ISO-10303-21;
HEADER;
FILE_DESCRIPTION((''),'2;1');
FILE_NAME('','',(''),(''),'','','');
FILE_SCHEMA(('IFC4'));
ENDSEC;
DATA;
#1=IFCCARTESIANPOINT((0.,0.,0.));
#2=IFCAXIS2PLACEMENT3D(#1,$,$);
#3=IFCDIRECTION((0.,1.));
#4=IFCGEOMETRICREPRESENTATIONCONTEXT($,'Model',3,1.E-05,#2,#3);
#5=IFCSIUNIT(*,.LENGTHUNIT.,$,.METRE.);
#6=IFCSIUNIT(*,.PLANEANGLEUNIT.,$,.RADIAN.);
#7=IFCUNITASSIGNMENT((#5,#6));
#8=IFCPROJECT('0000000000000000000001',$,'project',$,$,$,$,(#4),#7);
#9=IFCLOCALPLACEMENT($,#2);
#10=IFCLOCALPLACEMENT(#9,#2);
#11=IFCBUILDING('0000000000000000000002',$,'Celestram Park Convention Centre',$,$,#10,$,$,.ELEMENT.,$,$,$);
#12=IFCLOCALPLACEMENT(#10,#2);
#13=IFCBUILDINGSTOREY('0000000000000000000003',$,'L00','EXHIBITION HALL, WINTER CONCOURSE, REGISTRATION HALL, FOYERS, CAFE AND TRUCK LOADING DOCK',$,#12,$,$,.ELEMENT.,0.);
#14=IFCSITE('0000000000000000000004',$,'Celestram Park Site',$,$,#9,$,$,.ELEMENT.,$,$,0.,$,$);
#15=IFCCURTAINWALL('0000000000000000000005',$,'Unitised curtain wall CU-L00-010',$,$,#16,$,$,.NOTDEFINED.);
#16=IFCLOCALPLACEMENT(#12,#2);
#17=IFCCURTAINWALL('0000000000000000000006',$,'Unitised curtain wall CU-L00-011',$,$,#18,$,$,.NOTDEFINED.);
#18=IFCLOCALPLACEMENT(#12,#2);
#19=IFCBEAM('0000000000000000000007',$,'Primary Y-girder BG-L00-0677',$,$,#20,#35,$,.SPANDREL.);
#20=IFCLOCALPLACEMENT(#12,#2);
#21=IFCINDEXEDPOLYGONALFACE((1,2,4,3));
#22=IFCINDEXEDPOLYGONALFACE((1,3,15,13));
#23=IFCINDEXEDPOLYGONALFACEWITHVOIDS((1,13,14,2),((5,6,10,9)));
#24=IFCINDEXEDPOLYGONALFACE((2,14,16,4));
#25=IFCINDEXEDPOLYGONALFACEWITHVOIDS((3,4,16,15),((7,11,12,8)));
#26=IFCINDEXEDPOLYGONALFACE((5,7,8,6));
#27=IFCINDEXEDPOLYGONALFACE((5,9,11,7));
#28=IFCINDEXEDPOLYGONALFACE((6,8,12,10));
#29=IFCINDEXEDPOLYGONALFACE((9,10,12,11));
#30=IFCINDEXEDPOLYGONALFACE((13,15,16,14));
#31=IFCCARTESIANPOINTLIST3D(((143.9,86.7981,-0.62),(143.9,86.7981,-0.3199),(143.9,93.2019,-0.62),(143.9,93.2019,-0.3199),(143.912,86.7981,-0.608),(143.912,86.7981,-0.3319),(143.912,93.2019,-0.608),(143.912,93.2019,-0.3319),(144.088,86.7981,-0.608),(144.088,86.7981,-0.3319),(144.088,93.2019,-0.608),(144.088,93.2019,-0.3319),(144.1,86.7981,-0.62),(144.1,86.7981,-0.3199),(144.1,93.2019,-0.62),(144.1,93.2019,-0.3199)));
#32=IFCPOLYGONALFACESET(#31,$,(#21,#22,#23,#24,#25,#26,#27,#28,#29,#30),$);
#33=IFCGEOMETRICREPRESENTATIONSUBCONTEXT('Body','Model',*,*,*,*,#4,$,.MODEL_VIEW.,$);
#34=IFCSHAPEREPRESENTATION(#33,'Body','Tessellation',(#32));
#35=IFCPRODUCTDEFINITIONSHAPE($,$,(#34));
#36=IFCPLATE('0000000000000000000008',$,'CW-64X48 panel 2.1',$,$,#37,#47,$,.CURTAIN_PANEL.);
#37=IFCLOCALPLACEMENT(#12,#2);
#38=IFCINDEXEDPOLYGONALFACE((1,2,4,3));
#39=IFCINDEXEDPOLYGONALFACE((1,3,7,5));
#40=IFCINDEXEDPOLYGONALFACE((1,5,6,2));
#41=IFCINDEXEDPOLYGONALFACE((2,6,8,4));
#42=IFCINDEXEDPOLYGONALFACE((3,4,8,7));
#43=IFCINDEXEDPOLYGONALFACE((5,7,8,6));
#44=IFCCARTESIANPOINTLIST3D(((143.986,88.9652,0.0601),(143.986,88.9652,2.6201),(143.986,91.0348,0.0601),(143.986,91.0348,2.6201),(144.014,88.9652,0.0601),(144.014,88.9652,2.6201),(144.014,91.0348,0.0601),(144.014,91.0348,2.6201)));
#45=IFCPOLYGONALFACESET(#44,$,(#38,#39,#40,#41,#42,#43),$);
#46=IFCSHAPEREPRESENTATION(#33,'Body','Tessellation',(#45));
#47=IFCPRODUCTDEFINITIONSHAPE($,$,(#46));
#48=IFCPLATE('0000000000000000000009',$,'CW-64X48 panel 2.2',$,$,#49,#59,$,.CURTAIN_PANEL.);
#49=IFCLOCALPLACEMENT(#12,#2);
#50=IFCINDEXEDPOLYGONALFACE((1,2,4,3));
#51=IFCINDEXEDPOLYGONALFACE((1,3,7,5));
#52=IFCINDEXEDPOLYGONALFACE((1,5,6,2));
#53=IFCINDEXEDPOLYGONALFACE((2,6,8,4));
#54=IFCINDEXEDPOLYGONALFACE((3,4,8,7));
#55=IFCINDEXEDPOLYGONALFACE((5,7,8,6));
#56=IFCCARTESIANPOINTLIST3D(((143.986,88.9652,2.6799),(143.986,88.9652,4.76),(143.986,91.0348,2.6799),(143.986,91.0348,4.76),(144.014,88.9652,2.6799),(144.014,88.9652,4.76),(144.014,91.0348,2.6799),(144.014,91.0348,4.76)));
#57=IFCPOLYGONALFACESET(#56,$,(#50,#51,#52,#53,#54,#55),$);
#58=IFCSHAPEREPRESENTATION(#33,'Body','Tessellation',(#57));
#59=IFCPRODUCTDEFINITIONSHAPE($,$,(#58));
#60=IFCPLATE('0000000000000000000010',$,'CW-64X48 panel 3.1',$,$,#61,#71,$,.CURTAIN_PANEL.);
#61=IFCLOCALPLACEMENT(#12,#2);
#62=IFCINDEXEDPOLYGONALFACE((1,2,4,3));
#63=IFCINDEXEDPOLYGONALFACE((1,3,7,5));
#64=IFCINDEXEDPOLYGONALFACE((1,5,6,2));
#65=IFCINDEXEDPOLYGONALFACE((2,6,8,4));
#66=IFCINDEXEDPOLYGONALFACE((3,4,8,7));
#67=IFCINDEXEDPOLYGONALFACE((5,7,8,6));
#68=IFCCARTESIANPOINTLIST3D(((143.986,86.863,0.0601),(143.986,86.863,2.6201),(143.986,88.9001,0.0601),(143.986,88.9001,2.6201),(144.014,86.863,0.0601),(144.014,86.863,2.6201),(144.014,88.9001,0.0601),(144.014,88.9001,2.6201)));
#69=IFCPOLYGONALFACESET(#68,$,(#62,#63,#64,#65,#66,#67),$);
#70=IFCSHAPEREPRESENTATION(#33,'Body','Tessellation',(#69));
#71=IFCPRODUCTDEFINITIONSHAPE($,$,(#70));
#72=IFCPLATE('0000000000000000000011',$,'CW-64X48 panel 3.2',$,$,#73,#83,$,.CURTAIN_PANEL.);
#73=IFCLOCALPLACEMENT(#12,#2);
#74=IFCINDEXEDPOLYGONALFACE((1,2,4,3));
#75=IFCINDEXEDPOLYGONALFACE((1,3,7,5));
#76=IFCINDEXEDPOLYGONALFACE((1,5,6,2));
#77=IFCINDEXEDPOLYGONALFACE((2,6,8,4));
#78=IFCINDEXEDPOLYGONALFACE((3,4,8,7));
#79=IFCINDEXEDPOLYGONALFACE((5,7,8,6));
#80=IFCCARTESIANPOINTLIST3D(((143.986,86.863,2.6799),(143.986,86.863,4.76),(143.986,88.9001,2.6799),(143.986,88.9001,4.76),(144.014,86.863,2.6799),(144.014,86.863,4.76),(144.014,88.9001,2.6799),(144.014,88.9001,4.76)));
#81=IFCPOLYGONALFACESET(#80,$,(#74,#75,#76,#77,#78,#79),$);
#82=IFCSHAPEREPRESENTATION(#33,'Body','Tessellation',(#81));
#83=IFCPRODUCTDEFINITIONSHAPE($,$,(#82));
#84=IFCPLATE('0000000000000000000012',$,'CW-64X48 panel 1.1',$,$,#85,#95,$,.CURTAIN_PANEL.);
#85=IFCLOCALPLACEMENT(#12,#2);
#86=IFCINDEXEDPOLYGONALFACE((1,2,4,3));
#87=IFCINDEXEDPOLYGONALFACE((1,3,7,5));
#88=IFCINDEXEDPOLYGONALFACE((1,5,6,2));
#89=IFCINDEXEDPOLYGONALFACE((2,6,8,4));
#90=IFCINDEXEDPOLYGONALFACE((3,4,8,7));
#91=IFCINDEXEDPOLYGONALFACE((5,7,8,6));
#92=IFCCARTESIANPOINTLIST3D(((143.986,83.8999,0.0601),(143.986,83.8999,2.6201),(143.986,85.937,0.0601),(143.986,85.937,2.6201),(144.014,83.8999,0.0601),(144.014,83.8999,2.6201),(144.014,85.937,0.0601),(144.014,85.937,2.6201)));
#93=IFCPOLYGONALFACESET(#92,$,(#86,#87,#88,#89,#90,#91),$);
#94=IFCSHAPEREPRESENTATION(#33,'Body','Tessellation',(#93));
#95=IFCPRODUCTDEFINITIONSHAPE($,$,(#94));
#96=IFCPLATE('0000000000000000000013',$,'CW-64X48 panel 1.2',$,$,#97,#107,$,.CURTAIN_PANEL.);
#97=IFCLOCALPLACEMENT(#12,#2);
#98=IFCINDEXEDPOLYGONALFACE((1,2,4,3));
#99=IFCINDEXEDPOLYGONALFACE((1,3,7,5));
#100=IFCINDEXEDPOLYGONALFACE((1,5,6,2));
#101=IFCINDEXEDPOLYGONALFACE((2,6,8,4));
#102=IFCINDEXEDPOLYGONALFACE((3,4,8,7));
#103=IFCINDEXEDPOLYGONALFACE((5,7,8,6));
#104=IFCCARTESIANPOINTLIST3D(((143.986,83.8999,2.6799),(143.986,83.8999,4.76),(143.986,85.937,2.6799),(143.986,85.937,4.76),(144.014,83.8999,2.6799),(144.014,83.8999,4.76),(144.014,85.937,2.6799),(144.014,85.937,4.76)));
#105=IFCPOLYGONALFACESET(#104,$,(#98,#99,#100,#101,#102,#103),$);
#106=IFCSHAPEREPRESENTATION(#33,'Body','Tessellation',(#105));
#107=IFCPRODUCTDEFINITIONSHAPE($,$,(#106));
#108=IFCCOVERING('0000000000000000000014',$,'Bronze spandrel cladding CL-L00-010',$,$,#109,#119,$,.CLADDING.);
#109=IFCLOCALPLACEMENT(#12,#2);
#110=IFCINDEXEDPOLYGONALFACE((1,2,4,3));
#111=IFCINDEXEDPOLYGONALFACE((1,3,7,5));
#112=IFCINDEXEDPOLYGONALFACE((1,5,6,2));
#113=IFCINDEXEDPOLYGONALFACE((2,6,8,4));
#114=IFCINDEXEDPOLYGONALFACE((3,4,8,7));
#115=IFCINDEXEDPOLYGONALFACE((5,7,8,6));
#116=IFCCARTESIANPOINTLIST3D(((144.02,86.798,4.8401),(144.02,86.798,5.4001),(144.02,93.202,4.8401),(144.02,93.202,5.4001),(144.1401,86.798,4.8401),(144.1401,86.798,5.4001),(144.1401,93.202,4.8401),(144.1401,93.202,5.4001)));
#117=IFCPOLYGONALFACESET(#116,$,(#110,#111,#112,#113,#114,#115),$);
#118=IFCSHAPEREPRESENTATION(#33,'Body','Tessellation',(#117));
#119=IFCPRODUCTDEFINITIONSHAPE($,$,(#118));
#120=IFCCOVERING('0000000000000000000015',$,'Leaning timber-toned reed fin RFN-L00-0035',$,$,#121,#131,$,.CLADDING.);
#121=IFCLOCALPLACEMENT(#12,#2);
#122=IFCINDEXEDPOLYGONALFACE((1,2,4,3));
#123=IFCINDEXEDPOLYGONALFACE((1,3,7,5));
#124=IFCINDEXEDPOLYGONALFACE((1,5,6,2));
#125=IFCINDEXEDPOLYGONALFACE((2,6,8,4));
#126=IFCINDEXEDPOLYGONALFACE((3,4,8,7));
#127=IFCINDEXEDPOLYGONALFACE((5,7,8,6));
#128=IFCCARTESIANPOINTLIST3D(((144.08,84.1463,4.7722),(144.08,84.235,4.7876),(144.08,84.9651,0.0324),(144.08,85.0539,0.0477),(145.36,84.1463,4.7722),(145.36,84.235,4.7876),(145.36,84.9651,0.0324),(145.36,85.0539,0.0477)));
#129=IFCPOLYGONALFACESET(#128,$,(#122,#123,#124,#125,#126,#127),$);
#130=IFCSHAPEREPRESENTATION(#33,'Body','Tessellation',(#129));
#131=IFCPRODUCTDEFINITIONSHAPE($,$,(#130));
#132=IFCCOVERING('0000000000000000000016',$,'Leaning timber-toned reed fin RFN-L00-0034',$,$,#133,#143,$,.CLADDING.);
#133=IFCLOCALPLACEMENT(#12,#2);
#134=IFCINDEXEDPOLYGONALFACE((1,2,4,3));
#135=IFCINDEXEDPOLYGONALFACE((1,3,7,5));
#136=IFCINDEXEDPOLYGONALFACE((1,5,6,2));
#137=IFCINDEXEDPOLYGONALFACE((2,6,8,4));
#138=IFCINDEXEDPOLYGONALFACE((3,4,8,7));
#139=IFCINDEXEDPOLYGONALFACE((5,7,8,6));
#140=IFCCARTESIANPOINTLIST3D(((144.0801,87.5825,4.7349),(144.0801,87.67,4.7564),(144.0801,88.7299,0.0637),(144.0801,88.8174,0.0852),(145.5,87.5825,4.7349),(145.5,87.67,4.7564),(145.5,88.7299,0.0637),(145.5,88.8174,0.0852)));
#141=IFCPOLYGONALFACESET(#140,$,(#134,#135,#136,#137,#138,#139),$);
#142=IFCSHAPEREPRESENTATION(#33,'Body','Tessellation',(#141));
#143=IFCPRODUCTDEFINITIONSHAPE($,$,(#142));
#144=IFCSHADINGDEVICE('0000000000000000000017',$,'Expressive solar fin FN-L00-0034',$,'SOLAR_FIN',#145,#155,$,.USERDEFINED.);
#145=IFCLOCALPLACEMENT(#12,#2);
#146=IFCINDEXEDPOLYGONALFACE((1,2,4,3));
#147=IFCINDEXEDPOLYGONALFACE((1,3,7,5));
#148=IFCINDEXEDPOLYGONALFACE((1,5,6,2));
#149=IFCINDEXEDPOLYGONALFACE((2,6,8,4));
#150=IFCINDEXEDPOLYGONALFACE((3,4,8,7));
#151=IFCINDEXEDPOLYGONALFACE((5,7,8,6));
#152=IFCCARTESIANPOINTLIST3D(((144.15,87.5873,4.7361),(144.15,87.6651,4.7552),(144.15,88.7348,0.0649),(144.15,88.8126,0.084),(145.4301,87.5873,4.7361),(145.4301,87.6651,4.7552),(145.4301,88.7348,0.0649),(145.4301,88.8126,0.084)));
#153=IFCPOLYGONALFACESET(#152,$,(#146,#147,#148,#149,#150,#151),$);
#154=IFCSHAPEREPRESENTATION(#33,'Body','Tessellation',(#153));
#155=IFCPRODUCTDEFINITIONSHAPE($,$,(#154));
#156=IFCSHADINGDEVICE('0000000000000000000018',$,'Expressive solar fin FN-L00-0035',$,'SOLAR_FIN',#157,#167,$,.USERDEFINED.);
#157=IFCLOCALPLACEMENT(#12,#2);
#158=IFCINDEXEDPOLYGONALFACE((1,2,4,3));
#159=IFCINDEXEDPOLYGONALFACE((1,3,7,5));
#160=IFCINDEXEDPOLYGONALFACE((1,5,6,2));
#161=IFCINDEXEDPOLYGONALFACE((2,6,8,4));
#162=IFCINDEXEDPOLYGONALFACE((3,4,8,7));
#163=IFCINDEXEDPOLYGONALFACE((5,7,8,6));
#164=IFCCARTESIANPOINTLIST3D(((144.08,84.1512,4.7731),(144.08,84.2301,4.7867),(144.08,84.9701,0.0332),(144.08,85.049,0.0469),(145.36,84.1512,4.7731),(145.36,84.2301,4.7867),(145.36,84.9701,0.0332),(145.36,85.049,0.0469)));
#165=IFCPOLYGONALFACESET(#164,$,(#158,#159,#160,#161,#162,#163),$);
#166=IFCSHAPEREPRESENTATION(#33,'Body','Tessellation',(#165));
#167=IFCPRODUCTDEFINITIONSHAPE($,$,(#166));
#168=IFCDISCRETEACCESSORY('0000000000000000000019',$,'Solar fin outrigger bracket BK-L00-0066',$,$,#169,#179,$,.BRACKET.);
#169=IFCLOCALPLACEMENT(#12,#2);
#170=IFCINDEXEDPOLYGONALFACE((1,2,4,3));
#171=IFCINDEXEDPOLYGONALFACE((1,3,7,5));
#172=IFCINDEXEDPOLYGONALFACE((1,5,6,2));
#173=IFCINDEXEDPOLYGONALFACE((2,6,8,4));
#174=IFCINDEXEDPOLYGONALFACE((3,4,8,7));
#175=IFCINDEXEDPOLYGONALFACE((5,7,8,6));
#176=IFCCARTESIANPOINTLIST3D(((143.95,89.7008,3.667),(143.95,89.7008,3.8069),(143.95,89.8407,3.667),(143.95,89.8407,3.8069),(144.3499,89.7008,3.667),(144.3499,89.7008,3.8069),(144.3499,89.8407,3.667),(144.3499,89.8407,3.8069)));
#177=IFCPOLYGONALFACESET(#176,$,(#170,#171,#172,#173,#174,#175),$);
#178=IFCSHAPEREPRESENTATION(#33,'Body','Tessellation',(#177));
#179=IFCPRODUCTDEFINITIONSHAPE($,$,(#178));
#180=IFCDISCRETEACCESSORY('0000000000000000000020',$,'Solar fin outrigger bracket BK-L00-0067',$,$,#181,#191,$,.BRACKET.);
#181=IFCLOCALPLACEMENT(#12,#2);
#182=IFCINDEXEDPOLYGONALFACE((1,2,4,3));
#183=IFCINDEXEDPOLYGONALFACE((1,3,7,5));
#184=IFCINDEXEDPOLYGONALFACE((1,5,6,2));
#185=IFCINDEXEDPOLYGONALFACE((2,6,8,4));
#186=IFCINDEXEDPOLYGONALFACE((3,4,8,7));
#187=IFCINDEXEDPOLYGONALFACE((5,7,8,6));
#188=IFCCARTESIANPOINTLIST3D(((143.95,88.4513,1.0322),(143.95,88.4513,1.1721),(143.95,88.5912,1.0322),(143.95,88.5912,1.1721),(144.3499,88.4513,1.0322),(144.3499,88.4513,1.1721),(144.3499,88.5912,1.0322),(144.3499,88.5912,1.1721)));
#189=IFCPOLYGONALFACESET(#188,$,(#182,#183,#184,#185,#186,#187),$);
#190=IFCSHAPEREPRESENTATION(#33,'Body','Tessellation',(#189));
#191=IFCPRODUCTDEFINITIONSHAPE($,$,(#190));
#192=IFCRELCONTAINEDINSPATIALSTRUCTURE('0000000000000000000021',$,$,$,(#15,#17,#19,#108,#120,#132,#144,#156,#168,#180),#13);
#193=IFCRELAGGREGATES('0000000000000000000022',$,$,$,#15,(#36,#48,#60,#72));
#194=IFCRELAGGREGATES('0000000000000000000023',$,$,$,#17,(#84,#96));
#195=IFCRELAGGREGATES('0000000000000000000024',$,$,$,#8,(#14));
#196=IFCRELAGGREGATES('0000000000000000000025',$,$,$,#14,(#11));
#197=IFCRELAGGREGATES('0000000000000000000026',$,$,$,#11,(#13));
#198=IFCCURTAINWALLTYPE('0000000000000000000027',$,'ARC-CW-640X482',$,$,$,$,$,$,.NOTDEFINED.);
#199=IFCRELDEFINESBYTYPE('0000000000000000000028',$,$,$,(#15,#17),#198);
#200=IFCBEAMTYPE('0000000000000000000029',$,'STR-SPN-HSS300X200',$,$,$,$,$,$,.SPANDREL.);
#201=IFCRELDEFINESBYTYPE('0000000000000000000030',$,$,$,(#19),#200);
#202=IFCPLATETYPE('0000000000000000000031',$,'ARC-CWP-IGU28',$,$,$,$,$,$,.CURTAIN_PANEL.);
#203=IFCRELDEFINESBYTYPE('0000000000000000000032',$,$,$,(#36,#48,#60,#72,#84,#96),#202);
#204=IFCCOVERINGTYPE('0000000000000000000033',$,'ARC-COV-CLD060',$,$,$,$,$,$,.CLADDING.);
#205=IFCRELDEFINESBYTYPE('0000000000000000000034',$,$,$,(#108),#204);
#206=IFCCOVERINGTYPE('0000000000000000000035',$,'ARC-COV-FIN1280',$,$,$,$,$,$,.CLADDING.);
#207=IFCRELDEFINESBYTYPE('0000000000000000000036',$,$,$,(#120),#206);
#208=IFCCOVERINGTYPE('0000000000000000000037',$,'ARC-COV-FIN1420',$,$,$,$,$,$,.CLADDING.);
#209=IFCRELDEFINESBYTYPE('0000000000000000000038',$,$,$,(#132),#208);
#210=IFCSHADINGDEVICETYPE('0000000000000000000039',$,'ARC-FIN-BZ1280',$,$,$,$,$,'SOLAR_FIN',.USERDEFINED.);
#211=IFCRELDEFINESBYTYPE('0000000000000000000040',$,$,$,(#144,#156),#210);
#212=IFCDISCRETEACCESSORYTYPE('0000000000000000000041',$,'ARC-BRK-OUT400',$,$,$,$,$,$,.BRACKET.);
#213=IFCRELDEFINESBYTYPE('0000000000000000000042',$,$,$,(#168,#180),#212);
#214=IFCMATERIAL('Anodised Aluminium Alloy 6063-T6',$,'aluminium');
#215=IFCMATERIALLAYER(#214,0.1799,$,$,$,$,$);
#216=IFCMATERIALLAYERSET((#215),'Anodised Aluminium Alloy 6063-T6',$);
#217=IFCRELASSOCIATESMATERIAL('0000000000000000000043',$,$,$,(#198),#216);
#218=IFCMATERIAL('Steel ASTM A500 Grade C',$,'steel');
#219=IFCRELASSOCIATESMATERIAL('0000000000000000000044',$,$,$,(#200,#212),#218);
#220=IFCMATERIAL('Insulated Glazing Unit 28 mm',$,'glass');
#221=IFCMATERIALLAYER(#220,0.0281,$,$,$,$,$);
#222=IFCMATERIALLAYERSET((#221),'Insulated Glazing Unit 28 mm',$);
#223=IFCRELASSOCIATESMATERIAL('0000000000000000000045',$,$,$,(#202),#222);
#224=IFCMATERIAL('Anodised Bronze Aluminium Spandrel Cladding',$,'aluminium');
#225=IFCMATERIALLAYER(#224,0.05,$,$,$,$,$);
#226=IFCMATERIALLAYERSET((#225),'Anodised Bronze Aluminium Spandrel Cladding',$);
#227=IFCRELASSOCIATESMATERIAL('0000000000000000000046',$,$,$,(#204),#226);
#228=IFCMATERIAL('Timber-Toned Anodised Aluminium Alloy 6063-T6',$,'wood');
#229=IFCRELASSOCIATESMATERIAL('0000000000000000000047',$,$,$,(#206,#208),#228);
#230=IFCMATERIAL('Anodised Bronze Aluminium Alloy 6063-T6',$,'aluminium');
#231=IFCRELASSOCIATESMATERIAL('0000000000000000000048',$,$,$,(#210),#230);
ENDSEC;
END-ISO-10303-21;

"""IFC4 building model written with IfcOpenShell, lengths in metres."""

from ifc_helpers import new_model, si_unit, direction, frame, origin, origin_2d, place, context, subcontext, project, spatial, rectangle, hollow_rectangle, extrude, material, layer, layer_set, material_profile, profile_set, type_object, element, aggregate, save


model = new_model("IFC4")

# Units and contexts
model_context = context("Model", 3, precision=1e-05, world=origin(), true_north=direction((0.0, 1.0)))
body_context = subcontext(model_context, "Body", "Model", "MODEL_VIEW")
ifc_project = project(units=[si_unit("LENGTHUNIT", "METRE"), si_unit("PLANEANGLEUNIT", "RADIAN")], contexts=[model_context])

# Site, building, storey
site_placement = place(None, origin())
site = spatial("IfcSite", under=ifc_project, at=site_placement, Name="Celestram Park Site", CompositionType="ELEMENT", RefElevation=0.0)
building_placement = place(site_placement, origin())
building = spatial("IfcBuilding", under=site, at=building_placement, Name="Celestram Park Convention Centre", CompositionType="ELEMENT")
storey_placement = place(building_placement, origin())
storey = spatial("IfcBuildingStorey", under=building, at=storey_placement, Name="L00", Description="EXHIBITION HALL, WINTER CONCOURSE, REGISTRATION HALL, FOYERS, CAFE AND TRUCK LOADING DOCK", CompositionType="ELEMENT", Elevation=0.0)

# Curtain walls
ifc_material_1 = material(Name="Anodised Aluminium Alloy 6063-T6", Category="aluminium")
ifc_layer_1 = layer(ifc_material_1, 0.1799)
ifc_layer_set_1 = layer_set([ifc_layer_1], Name="Anodised Aluminium Alloy 6063-T6")
curtain_wall_type = type_object("IfcCurtainWallType", Name="ARC-CW-640X482", PredefinedType="NOTDEFINED", material=ifc_layer_set_1)
curtain_wall_1_placement = place(storey_placement, origin())
curtain_wall_1 = element("IfcCurtainWall", 1, at=curtain_wall_1_placement, inside=storey, type_object=curtain_wall_type, Name="Unitised curtain wall CU-L00-010", PredefinedType="NOTDEFINED")
curtain_wall_2_placement = place(storey_placement, origin())
curtain_wall_2 = element("IfcCurtainWall", 2, at=curtain_wall_2_placement, inside=storey, type_object=curtain_wall_type, Name="Unitised curtain wall CU-L00-011", PredefinedType="NOTDEFINED")

# Beam
ifc_material_2 = material(Name="Steel ASTM A500 Grade C", Category="steel")
ifc_material_profile_1 = material_profile(ifc_material_2, hollow_rectangle(XDim=0.2, YDim=0.3, WallThickness=0.012, at=origin_2d()), Name="HSS300X200X12")
ifc_profile_set_1 = profile_set([ifc_material_profile_1], Name="Steel ASTM A500 Grade C")
beam_type = type_object("IfcBeamType", Name="STR-SPN-HSS300X200", PredefinedType="SPANDREL", material=ifc_profile_set_1)
beam_placement = place(storey_placement, frame((144.0, 86.7981, -0.47), z_axis=(0.0, 1.0, 0.0), x_axis=(-1.0, 0.0, 0.0)))
element("IfcBeam", 3, at=beam_placement, inside=storey, type_object=beam_type, Name="Primary Y-girder BG-L00-0677", PredefinedType="SPANDREL", context=body_context, shape_type="SweptSolid", body=[
    extrude(hollow_rectangle(XDim=0.2, YDim=0.3, WallThickness=0.012, at=origin_2d()), origin(), (0.0, 0.0, 1.0), 6.4038),
])

# Plates
ifc_material_3 = material(Name="Insulated Glazing Unit 28 mm", Category="glass")
ifc_layer_2 = layer(ifc_material_3, 0.0281)
ifc_layer_set_2 = layer_set([ifc_layer_2], Name="Insulated Glazing Unit 28 mm")
plate_type = type_object("IfcPlateType", Name="ARC-CWP-IGU28", PredefinedType="CURTAIN_PANEL", material=ifc_layer_set_2)
plate_1_placement = place(storey_placement, frame((144.0, 90.0, 0.0601), z_axis=(0.0, 0.0, 1.0), x_axis=(0.0, -1.0, 0.0)))
plate_1 = element("IfcPlate", 4, at=plate_1_placement, type_object=plate_type, Name="CW-64X48 panel 2.1", PredefinedType="CURTAIN_PANEL", context=body_context, shape_type="SweptSolid", body=[
    extrude(rectangle(XDim=2.0696, YDim=0.0281, at=origin_2d()), origin(), (0.0, 0.0, 1.0), 2.5601),
])
plate_2_placement = place(storey_placement, frame((144.0, 90.0, 2.6799), z_axis=(0.0, 0.0, 1.0), x_axis=(0.0, -1.0, 0.0)))
plate_2 = element("IfcPlate", 5, at=plate_2_placement, type_object=plate_type, Name="CW-64X48 panel 2.2", PredefinedType="CURTAIN_PANEL", context=body_context, shape_type="SweptSolid", body=[
    extrude(rectangle(XDim=2.0696, YDim=0.0281, at=origin_2d()), origin(), (0.0, 0.0, 1.0), 2.0801),
])
plate_3_placement = place(storey_placement, frame((144.0, 87.8816, 0.0601), z_axis=(0.0, 0.0, 1.0), x_axis=(0.0, -1.0, 0.0)))
plate_3 = element("IfcPlate", 6, at=plate_3_placement, type_object=plate_type, Name="CW-64X48 panel 3.1", PredefinedType="CURTAIN_PANEL", context=body_context, shape_type="SweptSolid", body=[
    extrude(rectangle(XDim=2.0371, YDim=0.0281, at=origin_2d()), origin(), (0.0, 0.0, 1.0), 2.5601),
])
plate_4_placement = place(storey_placement, frame((144.0, 87.8816, 2.6799), z_axis=(0.0, 0.0, 1.0), x_axis=(0.0, -1.0, 0.0)))
plate_4 = element("IfcPlate", 7, at=plate_4_placement, type_object=plate_type, Name="CW-64X48 panel 3.2", PredefinedType="CURTAIN_PANEL", context=body_context, shape_type="SweptSolid", body=[
    extrude(rectangle(XDim=2.0371, YDim=0.0281, at=origin_2d()), origin(), (0.0, 0.0, 1.0), 2.0801),
])
aggregate(curtain_wall_1, [plate_1, plate_2, plate_3, plate_4])
plate_5_placement = place(storey_placement, frame((144.0, 84.9185, 0.0601), z_axis=(0.0, 0.0, 1.0), x_axis=(0.0, -1.0, 0.0)))
plate_5 = element("IfcPlate", 8, at=plate_5_placement, type_object=plate_type, Name="CW-64X48 panel 1.1", PredefinedType="CURTAIN_PANEL", context=body_context, shape_type="SweptSolid", body=[
    extrude(rectangle(XDim=2.0371, YDim=0.0281, at=origin_2d()), origin(), (0.0, 0.0, 1.0), 2.5601),
])
plate_6_placement = place(storey_placement, frame((144.0, 84.9185, 2.6799), z_axis=(0.0, 0.0, 1.0), x_axis=(0.0, -1.0, 0.0)))
plate_6 = element("IfcPlate", 9, at=plate_6_placement, type_object=plate_type, Name="CW-64X48 panel 1.2", PredefinedType="CURTAIN_PANEL", context=body_context, shape_type="SweptSolid", body=[
    extrude(rectangle(XDim=2.0371, YDim=0.0281, at=origin_2d()), origin(), (0.0, 0.0, 1.0), 2.0801),
])
aggregate(curtain_wall_2, [plate_5, plate_6])

# Coverings
ifc_material_4 = material(Name="Anodised Bronze Aluminium Spandrel Cladding", Category="aluminium")
ifc_layer_3 = layer(ifc_material_4, 0.05)
ifc_layer_set_3 = layer_set([ifc_layer_3], Name="Anodised Bronze Aluminium Spandrel Cladding")
covering_type_1 = type_object("IfcCoveringType", Name="ARC-COV-CLD060", PredefinedType="CLADDING", material=ifc_layer_set_3)
covering_1_placement = place(storey_placement, frame((144.0801, 90.0, 4.8401), z_axis=(0.0, 0.0, 1.0), x_axis=(0.0, -1.0, 0.0)))
element("IfcCovering", 10, at=covering_1_placement, inside=storey, type_object=covering_type_1, Name="Bronze spandrel cladding CL-L00-010", PredefinedType="CLADDING", context=body_context, shape_type="SweptSolid", body=[
    extrude(rectangle(XDim=6.4041, YDim=0.1201, at=origin_2d()), origin(), (0.0, 0.0, 1.0), 0.5601),
])
ifc_material_5 = material(Name="Timber-Toned Anodised Aluminium Alloy 6063-T6", Category="wood")
ifc_material_profile_2 = material_profile(ifc_material_5, rectangle(XDim=1.28, YDim=0.0901, at=origin_2d()), Name="REED1280X90")
ifc_profile_set_2 = profile_set([ifc_material_profile_2], Name="Timber-Toned Anodised Aluminium Alloy 6063-T6")
covering_type_2 = type_object("IfcCoveringType", Name="ARC-COV-FIN1280", PredefinedType="CLADDING", material=ifc_profile_set_2)
covering_2_placement = place(storey_placement, frame((144.72, 85.0095, 0.04), z_axis=(0.0, -0.17024, 0.985403), x_axis=(1.0, 0.0, 0.0)))
element("IfcCovering", 11, at=covering_2_placement, inside=storey, type_object=covering_type_2, Name="Leaning timber-toned reed fin RFN-L00-0035", PredefinedType="CLADDING", context=body_context, shape_type="SweptSolid", body=[
    extrude(rectangle(XDim=1.28, YDim=0.0901, at=origin_2d()), origin(), (0.0, 0.0, 1.0), 4.8101),
])
ifc_material_profile_3 = material_profile(ifc_material_5, rectangle(XDim=1.4199, YDim=0.0901, at=origin_2d()), Name="REED1420X90")
ifc_profile_set_3 = profile_set([ifc_material_profile_3], Name="Timber-Toned Anodised Aluminium Alloy 6063-T6")
covering_type_3 = type_object("IfcCoveringType", Name="ARC-COV-FIN1420", PredefinedType="CLADDING", material=ifc_profile_set_3)
covering_3_placement = place(storey_placement, frame((144.79, 88.7737, 0.0745), z_axis=(0.0, -0.238557, 0.971129), x_axis=(1.0, 0.0, 0.0)))
element("IfcCovering", 12, at=covering_3_placement, inside=storey, type_object=covering_type_3, Name="Leaning timber-toned reed fin RFN-L00-0034", PredefinedType="CLADDING", context=body_context, shape_type="SweptSolid", body=[
    extrude(rectangle(XDim=1.4199, YDim=0.0901, at=origin_2d()), origin(), (0.0, 0.0, 1.0), 4.8101),
])

# Shading devices
ifc_material_6 = material(Name="Anodised Bronze Aluminium Alloy 6063-T6", Category="aluminium")
ifc_material_profile_4 = material_profile(ifc_material_6, rectangle(XDim=1.28, YDim=0.0801, at=origin_2d()), Name="FIN1280X80")
ifc_profile_set_4 = profile_set([ifc_material_profile_4], Name="Anodised Bronze Aluminium Alloy 6063-T6")
shading_device_type = type_object("IfcShadingDeviceType", Name="ARC-FIN-BZ1280", ElementType="SOLAR_FIN", PredefinedType="USERDEFINED", material=ifc_profile_set_4)
for number, where, z_axis, x_axis, name in (
    (13, (144.79, 88.7737, 0.0745), (0.0, -0.238557, 0.971129), (1.0, 0.0, 0.0), "Expressive solar fin FN-L00-0034"),
    (14, (144.72, 85.0095, 0.04), (0.0, -0.17024, 0.985403), (1.0, 0.0, 0.0), "Expressive solar fin FN-L00-0035"),
):
    element("IfcShadingDevice", number, at=place(storey_placement, frame(where, z_axis=z_axis, x_axis=x_axis)), inside=storey, type_object=shading_device_type, Name=name, ObjectType="SOLAR_FIN", PredefinedType="USERDEFINED", context=body_context, shape_type="SweptSolid", body=[
        extrude(rectangle(XDim=1.28, YDim=0.0801, at=origin_2d()), origin(), (0.0, 0.0, 1.0), 4.8101),
    ])

# Discrete accessories
discrete_accessory_type = type_object("IfcDiscreteAccessoryType", Name="ARC-BRK-OUT400", PredefinedType="BRACKET", material=ifc_material_2)
for number, where, z_axis, x_axis, name in (
    (15, (144.1499, 89.7708, 3.667), (0.0, 0.0, 1.0), (1.0, 0.0, 0.0), "Solar fin outrigger bracket BK-L00-0066"),
    (16, (144.1499, 88.5212, 1.0322), (0.0, 0.0, 1.0), (1.0, 0.0, 0.0), "Solar fin outrigger bracket BK-L00-0067"),
):
    element("IfcDiscreteAccessory", number, at=place(storey_placement, frame(where, z_axis=z_axis, x_axis=x_axis)), inside=storey, type_object=discrete_accessory_type, Name=name, PredefinedType="BRACKET", context=body_context, shape_type="SweptSolid", body=[
        extrude(rectangle(XDim=0.3999, YDim=0.1399, at=origin_2d()), origin(), (0.0, 0.0, 1.0), 0.1399),
    ])

save(model, "model.ifc")
